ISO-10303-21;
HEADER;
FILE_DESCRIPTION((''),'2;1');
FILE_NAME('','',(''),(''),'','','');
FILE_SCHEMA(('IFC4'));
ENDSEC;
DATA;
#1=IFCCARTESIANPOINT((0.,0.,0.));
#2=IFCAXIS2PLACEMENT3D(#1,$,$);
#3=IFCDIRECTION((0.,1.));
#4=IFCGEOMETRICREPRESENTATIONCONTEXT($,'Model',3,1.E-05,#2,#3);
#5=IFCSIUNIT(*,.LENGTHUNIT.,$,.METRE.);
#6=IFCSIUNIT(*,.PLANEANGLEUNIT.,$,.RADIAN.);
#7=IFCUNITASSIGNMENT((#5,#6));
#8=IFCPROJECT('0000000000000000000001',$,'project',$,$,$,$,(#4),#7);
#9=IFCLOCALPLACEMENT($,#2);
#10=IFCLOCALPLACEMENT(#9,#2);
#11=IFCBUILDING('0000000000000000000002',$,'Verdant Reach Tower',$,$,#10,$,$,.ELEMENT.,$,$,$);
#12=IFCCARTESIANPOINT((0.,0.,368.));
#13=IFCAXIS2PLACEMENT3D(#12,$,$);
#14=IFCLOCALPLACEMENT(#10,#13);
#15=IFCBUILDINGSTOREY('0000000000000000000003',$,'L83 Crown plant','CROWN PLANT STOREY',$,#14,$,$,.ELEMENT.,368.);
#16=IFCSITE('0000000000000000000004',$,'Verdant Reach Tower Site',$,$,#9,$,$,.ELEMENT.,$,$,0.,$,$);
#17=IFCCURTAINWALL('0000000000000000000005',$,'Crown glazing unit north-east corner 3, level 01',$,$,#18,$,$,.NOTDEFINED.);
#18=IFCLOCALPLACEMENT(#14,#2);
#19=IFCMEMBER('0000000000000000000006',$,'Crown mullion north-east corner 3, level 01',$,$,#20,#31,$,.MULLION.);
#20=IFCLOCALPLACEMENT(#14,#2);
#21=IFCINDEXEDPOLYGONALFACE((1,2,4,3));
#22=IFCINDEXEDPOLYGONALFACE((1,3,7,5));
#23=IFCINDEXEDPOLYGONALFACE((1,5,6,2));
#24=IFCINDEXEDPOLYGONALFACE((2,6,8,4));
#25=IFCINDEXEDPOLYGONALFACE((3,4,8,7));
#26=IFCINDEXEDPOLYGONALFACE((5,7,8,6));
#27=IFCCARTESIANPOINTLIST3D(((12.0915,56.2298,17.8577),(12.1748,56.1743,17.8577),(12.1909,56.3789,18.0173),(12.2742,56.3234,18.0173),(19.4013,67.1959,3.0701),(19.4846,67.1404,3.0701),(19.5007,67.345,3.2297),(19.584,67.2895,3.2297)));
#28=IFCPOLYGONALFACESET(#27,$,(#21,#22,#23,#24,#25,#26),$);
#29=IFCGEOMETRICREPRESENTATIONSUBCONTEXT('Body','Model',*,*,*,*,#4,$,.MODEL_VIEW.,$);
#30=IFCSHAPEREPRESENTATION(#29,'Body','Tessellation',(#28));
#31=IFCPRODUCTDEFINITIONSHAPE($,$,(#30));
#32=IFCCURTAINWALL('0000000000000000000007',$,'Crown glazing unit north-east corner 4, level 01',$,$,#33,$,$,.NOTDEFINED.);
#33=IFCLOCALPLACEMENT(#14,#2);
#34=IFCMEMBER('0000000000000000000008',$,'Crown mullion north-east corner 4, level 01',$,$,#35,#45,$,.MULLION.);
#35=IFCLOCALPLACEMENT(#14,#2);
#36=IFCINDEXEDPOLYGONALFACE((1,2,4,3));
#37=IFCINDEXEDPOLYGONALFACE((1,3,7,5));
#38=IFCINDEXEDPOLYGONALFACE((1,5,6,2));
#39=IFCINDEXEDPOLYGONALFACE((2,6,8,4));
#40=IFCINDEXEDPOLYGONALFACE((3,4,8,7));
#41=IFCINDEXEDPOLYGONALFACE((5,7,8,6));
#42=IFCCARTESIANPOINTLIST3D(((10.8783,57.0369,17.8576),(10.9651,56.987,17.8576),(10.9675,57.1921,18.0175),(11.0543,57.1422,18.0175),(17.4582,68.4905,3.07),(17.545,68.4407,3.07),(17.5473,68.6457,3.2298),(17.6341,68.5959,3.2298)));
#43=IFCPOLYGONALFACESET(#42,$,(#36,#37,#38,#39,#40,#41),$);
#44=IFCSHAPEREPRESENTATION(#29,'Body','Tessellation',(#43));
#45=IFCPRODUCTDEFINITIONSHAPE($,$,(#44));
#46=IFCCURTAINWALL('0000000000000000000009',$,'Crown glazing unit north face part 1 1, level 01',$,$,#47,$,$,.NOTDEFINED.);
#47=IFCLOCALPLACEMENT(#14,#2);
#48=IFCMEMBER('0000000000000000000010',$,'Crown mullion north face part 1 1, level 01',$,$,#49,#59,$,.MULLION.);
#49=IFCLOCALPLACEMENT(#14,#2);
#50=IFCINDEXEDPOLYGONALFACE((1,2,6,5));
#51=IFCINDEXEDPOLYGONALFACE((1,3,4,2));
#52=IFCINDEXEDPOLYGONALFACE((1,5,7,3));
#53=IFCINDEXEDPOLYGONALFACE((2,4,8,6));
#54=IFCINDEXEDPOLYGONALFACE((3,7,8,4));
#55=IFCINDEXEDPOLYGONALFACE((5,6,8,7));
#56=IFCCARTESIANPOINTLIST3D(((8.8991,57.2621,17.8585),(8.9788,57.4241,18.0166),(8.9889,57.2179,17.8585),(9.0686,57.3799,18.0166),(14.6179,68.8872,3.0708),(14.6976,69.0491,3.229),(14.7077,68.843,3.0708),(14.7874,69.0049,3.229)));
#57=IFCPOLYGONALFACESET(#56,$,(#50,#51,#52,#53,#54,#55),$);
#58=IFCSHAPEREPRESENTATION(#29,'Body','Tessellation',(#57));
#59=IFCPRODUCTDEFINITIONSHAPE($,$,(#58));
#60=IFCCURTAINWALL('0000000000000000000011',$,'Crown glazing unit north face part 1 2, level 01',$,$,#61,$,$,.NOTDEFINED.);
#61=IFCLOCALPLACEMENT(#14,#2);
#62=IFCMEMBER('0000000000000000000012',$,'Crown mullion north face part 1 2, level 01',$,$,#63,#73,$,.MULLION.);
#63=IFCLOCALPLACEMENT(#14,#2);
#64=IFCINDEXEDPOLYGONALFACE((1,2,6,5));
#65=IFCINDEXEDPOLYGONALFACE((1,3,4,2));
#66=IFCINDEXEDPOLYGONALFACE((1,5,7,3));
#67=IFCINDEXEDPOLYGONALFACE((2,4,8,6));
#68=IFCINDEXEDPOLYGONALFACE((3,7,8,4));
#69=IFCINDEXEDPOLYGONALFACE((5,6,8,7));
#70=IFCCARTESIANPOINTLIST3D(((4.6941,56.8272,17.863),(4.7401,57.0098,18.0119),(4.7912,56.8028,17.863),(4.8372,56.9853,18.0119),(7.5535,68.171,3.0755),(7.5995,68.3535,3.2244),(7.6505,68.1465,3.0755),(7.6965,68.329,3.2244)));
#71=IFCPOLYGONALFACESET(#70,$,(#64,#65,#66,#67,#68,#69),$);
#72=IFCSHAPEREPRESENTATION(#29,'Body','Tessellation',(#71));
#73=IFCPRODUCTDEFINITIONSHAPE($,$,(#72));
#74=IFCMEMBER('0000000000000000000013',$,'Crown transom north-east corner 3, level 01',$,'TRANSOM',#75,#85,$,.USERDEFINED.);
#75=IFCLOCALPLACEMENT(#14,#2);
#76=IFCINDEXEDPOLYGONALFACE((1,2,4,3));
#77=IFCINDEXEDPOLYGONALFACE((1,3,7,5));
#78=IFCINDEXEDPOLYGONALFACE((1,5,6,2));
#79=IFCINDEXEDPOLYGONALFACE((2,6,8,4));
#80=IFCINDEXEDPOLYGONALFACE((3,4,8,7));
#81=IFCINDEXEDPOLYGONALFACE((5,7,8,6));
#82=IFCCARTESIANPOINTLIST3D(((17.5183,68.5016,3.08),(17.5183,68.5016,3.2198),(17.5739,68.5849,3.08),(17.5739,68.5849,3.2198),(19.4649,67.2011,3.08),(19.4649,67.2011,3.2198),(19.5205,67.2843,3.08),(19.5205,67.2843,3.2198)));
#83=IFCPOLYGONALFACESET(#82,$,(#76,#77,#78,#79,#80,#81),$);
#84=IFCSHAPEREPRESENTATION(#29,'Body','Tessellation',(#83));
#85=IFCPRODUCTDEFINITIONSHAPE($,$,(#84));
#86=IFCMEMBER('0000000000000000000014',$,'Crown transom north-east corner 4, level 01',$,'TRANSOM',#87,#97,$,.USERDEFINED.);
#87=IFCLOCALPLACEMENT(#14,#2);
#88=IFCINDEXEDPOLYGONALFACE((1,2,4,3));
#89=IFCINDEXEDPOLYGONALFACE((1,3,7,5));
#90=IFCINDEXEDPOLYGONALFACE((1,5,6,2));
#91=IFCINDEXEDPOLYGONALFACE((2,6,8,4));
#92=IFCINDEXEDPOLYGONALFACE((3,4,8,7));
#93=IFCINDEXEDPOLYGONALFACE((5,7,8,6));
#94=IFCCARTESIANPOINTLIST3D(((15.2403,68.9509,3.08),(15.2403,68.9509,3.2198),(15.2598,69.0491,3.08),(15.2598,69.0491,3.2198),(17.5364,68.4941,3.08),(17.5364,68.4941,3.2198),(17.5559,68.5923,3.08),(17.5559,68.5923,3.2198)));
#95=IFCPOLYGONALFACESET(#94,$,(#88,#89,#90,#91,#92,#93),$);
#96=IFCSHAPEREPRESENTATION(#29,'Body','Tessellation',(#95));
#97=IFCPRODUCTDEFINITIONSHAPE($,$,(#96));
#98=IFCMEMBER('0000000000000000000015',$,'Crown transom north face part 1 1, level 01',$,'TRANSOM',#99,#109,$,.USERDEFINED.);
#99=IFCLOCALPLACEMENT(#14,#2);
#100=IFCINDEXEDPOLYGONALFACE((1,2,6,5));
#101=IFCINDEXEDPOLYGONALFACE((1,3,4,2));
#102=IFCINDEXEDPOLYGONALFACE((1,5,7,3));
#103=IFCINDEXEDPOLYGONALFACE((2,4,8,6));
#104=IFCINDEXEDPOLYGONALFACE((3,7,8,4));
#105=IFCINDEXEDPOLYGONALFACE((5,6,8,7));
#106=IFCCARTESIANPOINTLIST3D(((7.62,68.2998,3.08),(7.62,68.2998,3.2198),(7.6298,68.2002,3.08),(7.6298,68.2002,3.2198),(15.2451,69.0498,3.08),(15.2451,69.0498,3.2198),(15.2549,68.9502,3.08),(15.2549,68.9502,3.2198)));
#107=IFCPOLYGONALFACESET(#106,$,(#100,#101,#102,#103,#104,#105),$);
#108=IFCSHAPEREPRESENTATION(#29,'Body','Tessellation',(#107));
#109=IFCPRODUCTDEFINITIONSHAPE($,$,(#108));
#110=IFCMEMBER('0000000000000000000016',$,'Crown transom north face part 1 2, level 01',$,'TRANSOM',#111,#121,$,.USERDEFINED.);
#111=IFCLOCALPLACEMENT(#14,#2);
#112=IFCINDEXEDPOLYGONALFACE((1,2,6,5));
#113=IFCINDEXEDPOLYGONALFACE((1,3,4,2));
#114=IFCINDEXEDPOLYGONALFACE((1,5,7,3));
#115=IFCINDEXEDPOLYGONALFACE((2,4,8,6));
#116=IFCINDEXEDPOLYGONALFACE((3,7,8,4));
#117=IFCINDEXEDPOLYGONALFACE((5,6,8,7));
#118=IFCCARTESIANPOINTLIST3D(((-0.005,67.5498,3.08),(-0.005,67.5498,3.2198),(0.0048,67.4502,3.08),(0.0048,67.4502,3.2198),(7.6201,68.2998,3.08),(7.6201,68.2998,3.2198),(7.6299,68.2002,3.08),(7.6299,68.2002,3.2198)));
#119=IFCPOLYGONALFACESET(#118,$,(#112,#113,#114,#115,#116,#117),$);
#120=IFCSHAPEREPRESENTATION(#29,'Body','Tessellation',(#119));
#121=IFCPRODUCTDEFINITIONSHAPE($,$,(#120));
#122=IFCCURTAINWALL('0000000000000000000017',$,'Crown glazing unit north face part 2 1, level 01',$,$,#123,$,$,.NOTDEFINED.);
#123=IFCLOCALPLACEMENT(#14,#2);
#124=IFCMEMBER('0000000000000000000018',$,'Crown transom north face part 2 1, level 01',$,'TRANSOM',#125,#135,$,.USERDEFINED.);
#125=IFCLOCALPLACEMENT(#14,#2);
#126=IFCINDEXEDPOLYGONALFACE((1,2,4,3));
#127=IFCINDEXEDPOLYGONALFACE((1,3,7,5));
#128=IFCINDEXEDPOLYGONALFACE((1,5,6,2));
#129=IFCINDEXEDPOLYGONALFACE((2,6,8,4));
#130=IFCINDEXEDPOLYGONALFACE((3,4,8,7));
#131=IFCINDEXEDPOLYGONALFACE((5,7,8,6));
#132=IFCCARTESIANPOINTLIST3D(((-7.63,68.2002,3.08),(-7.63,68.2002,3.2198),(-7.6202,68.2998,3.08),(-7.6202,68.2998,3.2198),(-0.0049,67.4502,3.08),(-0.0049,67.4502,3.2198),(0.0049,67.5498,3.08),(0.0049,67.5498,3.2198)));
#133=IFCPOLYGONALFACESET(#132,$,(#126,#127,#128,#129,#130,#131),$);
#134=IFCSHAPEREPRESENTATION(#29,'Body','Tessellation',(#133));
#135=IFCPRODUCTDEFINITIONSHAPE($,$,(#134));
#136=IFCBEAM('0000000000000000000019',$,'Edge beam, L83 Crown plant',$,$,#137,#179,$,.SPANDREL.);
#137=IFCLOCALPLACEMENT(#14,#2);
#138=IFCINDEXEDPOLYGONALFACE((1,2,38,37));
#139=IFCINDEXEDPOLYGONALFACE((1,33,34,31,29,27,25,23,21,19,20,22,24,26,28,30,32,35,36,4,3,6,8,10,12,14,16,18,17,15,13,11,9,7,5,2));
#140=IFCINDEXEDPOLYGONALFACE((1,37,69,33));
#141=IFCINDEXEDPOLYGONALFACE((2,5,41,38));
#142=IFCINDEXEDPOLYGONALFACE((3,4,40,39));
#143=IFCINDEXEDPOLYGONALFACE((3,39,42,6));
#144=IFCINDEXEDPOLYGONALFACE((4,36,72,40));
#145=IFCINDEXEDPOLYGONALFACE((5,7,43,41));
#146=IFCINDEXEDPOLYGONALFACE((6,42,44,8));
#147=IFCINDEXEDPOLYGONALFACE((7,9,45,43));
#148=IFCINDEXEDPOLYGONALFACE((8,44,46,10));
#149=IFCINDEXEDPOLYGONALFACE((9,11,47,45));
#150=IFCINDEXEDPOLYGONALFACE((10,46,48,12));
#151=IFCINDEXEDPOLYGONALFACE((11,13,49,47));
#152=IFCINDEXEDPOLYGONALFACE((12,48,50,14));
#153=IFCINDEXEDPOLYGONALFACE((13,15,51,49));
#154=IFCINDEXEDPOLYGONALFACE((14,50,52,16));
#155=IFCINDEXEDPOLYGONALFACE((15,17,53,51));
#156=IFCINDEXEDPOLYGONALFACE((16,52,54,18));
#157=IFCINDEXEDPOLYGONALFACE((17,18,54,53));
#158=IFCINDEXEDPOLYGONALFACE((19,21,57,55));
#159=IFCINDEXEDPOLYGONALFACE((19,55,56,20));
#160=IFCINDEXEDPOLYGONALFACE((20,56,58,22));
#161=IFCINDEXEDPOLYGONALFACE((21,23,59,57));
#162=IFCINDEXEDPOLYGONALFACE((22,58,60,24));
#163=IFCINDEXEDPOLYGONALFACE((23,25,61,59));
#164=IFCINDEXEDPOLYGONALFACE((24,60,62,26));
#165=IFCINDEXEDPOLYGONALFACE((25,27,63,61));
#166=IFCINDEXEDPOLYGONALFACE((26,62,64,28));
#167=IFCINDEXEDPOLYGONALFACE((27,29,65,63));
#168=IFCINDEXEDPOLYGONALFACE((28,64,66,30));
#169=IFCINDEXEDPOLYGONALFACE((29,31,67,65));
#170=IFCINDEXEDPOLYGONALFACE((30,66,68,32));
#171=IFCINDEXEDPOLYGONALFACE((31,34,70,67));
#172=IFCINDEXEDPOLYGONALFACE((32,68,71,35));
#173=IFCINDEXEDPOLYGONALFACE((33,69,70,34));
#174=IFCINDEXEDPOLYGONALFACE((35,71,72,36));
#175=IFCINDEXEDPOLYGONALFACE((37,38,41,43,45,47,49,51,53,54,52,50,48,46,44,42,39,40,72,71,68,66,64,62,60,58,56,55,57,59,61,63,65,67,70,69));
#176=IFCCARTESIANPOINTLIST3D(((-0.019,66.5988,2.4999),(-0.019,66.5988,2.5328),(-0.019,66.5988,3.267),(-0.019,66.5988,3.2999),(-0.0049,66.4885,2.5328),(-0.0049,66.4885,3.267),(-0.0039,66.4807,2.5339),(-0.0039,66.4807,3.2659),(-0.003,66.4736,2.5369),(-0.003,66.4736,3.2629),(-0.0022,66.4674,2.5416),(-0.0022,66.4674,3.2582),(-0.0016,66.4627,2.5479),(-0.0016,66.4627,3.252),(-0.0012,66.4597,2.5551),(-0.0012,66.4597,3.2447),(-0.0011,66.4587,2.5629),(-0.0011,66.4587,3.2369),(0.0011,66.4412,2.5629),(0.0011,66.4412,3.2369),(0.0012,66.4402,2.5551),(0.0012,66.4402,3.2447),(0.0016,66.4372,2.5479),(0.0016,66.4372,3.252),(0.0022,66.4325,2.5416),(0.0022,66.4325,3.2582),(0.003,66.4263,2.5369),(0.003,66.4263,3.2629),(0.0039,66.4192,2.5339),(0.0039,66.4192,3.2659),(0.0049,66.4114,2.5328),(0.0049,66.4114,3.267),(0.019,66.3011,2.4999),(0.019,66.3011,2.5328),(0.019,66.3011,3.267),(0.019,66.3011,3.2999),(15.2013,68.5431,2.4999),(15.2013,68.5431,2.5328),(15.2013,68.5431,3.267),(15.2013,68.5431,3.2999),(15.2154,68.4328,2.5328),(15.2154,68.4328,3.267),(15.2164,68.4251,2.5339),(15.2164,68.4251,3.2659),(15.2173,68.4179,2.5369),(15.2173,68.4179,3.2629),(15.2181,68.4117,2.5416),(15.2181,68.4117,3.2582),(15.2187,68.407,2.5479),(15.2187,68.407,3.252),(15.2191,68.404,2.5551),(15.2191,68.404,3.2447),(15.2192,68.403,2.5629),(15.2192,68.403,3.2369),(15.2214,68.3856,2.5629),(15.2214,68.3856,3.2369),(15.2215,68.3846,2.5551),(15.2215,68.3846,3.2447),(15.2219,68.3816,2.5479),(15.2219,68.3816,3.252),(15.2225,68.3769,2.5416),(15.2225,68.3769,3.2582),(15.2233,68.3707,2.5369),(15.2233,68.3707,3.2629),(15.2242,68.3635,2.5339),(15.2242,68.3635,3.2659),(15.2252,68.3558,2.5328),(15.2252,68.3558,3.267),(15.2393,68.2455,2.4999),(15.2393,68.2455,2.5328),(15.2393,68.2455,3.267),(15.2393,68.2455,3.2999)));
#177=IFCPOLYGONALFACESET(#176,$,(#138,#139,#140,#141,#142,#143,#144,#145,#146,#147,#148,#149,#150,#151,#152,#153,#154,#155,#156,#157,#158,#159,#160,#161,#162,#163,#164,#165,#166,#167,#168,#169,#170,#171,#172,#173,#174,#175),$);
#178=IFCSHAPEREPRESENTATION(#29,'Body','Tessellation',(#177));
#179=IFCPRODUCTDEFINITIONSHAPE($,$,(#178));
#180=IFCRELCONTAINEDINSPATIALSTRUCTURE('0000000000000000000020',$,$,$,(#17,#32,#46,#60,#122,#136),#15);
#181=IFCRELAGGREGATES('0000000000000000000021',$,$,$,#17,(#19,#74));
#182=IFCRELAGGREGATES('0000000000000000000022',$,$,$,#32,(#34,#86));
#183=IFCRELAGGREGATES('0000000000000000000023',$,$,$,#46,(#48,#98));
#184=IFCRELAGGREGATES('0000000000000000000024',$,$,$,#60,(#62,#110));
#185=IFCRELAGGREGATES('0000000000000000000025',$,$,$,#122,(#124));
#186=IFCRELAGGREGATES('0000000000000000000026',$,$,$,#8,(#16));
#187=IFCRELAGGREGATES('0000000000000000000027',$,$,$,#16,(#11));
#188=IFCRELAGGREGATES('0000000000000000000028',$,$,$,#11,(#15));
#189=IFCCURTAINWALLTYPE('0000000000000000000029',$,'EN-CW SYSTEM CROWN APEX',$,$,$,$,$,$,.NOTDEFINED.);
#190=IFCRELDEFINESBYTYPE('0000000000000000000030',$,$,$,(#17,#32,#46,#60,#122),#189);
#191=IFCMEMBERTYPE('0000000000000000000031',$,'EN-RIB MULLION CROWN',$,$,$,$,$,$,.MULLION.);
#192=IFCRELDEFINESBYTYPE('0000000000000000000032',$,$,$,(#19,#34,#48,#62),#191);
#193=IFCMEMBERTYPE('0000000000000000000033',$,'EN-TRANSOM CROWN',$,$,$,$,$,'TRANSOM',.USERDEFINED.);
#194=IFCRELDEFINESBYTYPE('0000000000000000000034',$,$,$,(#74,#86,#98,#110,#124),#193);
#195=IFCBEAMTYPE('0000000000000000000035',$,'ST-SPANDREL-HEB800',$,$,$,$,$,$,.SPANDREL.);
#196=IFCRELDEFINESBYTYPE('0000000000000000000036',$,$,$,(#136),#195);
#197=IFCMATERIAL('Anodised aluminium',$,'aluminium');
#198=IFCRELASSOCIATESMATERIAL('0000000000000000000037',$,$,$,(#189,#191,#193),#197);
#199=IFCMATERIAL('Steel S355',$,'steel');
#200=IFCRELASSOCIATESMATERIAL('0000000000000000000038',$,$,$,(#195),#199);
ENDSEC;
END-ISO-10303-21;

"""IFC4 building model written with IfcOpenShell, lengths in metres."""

from ifc_helpers import new_model, si_unit, direction, frame, origin, origin_2d, place, context, subcontext, project, spatial, rectangle, i_section, extrude, material, material_profile, profile_set, type_object, element, aggregate, save


model = new_model("IFC4")

# Units and contexts
model_context = context("Model", 3, precision=1e-05, world=origin(), true_north=direction((0.0, 1.0)))
body_context = subcontext(model_context, "Body", "Model", "MODEL_VIEW")
ifc_project = project(units=[si_unit("LENGTHUNIT", "METRE"), si_unit("PLANEANGLEUNIT", "RADIAN")], contexts=[model_context])

# Site, building, storey
site_placement = place(None, origin())
site = spatial("IfcSite", under=ifc_project, at=site_placement, Name="Verdant Reach Tower Site", CompositionType="ELEMENT", RefElevation=0.0)
building_placement = place(site_placement, origin())
building = spatial("IfcBuilding", under=site, at=building_placement, Name="Verdant Reach Tower", CompositionType="ELEMENT")
storey_placement = place(building_placement, frame((0.0, 0.0, 368.0)))
storey = spatial("IfcBuildingStorey", under=building, at=storey_placement, Name="L83 Crown plant", Description="CROWN PLANT STOREY", CompositionType="ELEMENT", Elevation=368.0)

# Curtain walls, members
ifc_material_1 = material(Name="Anodised aluminium", Category="aluminium")
curtain_wall_type_1 = type_object("IfcCurtainWallType", Name="EN-CW SYSTEM CROWN APEX", PredefinedType="NOTDEFINED", material=ifc_material_1)
curtain_wall_1_placement = place(storey_placement, origin())
curtain_wall_1 = element("IfcCurtainWall", 1, at=curtain_wall_1_placement, inside=storey, type_object=curtain_wall_type_1, Name="Crown glazing unit north-east corner 3, level 01", PredefinedType="NOTDEFINED")
ifc_material_profile_1 = material_profile(ifc_material_1, rectangle(XDim=0.1001, YDim=0.24, at=origin_2d()), Name="Mullion 100x240")
ifc_profile_set_1 = profile_set([ifc_material_profile_1], Name="Anodised aluminium")
member_type_1 = type_object("IfcMemberType", Name="EN-RIB MULLION CROWN", PredefinedType="MULLION", material=ifc_profile_set_1)
member_1_placement = place(storey_placement, frame((19.4927, 67.2427, 3.1499), z_axis=(-0.369031, -0.553615, 0.746543), x_axis=(0.832082, -0.554653, 0.0)))
member_1 = element("IfcMember", 2, at=member_1_placement, type_object=member_type_1, Name="Crown mullion north-east corner 3, level 01", PredefinedType="MULLION", context=body_context, shape_type="SweptSolid", body=[
    extrude(rectangle(XDim=0.1001, YDim=0.24, at=origin_2d()), origin(), (0.0, 0.0, 1.0), 19.8081),
])
curtain_wall_2_placement = place(storey_placement, origin())
curtain_wall_2 = element("IfcCurtainWall", 3, at=curtain_wall_2_placement, inside=storey, type_object=curtain_wall_type_1, Name="Crown glazing unit north-east corner 4, level 01", PredefinedType="NOTDEFINED")
member_2_placement = place(storey_placement, frame((17.5461, 68.5432, 3.1499), z_axis=(-0.331844, -0.577646, 0.745791), x_axis=(0.867102, -0.49813, 0.0)))
member_2 = element("IfcMember", 4, at=member_2_placement, type_object=member_type_1, Name="Crown mullion north-east corner 4, level 01", PredefinedType="MULLION", context=body_context, shape_type="SweptSolid", body=[
    extrude(rectangle(XDim=0.1001, YDim=0.24, at=origin_2d()), origin(), (0.0, 0.0, 1.0), 19.8281),
])
curtain_wall_3_placement = place(storey_placement, origin())
curtain_wall_3 = element("IfcCurtainWall", 5, at=curtain_wall_3_placement, inside=storey, type_object=curtain_wall_type_1, Name="Crown glazing unit north face part 1 1, level 01", PredefinedType="NOTDEFINED")
member_3_placement = place(storey_placement, frame((14.7026, 68.946, 3.1499), z_axis=(-0.290882, -0.5913, 0.752165), x_axis=(0.897303, -0.441415, 0.0)))
member_3 = element("IfcMember", 6, at=member_3_placement, type_object=member_type_1, Name="Crown mullion north face part 1 1, level 01", PredefinedType="MULLION", context=body_context, shape_type="SweptSolid", body=[
    extrude(rectangle(XDim=0.1001, YDim=0.24, at=origin_2d()), origin(), (0.0, 0.0, 1.0), 19.6602),
])
curtain_wall_4_placement = place(storey_placement, origin())
curtain_wall_4 = element("IfcCurtainWall", 7, at=curtain_wall_4_placement, inside=storey, type_object=curtain_wall_type_1, Name="Crown glazing unit north face part 1 2, level 01", PredefinedType="NOTDEFINED")
member_4_placement = place(storey_placement, frame((7.625, 68.25, 3.1499), z_axis=(-0.151647, -0.601615, 0.784259), x_axis=(0.969669, -0.244421, 0.0)))
member_4 = element("IfcMember", 8, at=member_4_placement, type_object=member_type_1, Name="Crown mullion north face part 1 2, level 01", PredefinedType="MULLION", context=body_context, shape_type="SweptSolid", body=[
    extrude(rectangle(XDim=0.1001, YDim=0.24, at=origin_2d()), origin(), (0.0, 0.0, 1.0), 18.8555),
])

# Members
ifc_material_profile_2 = material_profile(ifc_material_1, rectangle(XDim=0.1001, YDim=0.1399, at=origin_2d()), Name="Transom 140x100")
ifc_profile_set_2 = profile_set([ifc_material_profile_2], Name="Anodised aluminium")
member_type_2 = type_object("IfcMemberType", Name="EN-TRANSOM CROWN", ElementType="TRANSOM", PredefinedType="USERDEFINED", material=ifc_profile_set_2)
member_5_placement = place(storey_placement, frame((19.4927, 67.2427, 3.1499), z_axis=(-0.831488, 0.555542, 0.0), x_axis=(-0.555542, -0.831488, 0.0)))
member_5 = element("IfcMember", 9, at=member_5_placement, type_object=member_type_2, Name="Crown transom north-east corner 3, level 01", ObjectType="TRANSOM", PredefinedType="USERDEFINED", context=body_context, shape_type="SweptSolid", body=[
    extrude(rectangle(XDim=0.1001, YDim=0.1399, at=origin_2d()), origin(), (0.0, 0.0, 1.0), 2.3411),
])
member_6_placement = place(storey_placement, frame((17.5461, 68.5432, 3.1499), z_axis=(-0.980781, 0.195113, 0.0), x_axis=(-0.195113, -0.980781, 0.0)))
member_6 = element("IfcMember", 10, at=member_6_placement, type_object=member_type_2, Name="Crown transom north-east corner 4, level 01", ObjectType="TRANSOM", PredefinedType="USERDEFINED", context=body_context, shape_type="SweptSolid", body=[
    extrude(rectangle(XDim=0.1001, YDim=0.1399, at=origin_2d()), origin(), (0.0, 0.0, 1.0), 2.3411),
])
member_7_placement = place(storey_placement, frame((15.25, 69.0, 3.1499), z_axis=(-0.995197, -0.097888, 0.0), x_axis=(0.097888, -0.995197, 0.0)))
member_7 = element("IfcMember", 11, at=member_7_placement, type_object=member_type_2, Name="Crown transom north face part 1 1, level 01", ObjectType="TRANSOM", PredefinedType="USERDEFINED", context=body_context, shape_type="SweptSolid", body=[
    extrude(rectangle(XDim=0.1001, YDim=0.1399, at=origin_2d()), origin(), (0.0, 0.0, 1.0), 7.6619),
])
member_8_placement = place(storey_placement, frame((7.625, 68.25, 3.1499), z_axis=(-0.995197, -0.097888, 0.0), x_axis=(0.097888, -0.995197, 0.0)))
member_8 = element("IfcMember", 12, at=member_8_placement, type_object=member_type_2, Name="Crown transom north face part 1 2, level 01", ObjectType="TRANSOM", PredefinedType="USERDEFINED", context=body_context, shape_type="SweptSolid", body=[
    extrude(rectangle(XDim=0.1001, YDim=0.1399, at=origin_2d()), origin(), (0.0, 0.0, 1.0), 7.6619),
])

# Curtain wall, member
curtain_wall_5_placement = place(storey_placement, origin())
curtain_wall_5 = element("IfcCurtainWall", 13, at=curtain_wall_5_placement, inside=storey, type_object=curtain_wall_type_1, Name="Crown glazing unit north face part 2 1, level 01", PredefinedType="NOTDEFINED")
member_9_placement = place(storey_placement, frame((0.0, 67.5, 3.1499), z_axis=(-0.995197, 0.097888, 0.0), x_axis=(-0.097888, -0.995197, 0.0)))
member_9 = element("IfcMember", 14, at=member_9_placement, type_object=member_type_2, Name="Crown transom north face part 2 1, level 01", ObjectType="TRANSOM", PredefinedType="USERDEFINED", context=body_context, shape_type="SweptSolid", body=[
    extrude(rectangle(XDim=0.1001, YDim=0.1399, at=origin_2d()), origin(), (0.0, 0.0, 1.0), 7.6619),
])

# Beam
ifc_material_2 = material(Name="Steel S355", Category="steel")
ifc_material_profile_3 = material_profile(ifc_material_2, i_section(OverallWidth=0.3, OverallDepth=0.8, WebThickness=0.0176, FlangeThickness=0.033, FilletRadius=0.03, at=origin_2d()), Name="HEB 800")
ifc_profile_set_3 = profile_set([ifc_material_profile_3], Name="Steel S355")
beam_type_1 = type_object("IfcBeamType", Name="ST-SPANDREL-HEB800", PredefinedType="SPANDREL", material=ifc_profile_set_3)
beam_1_placement = place(storey_placement, frame((0.0, 66.45, 2.8999), z_axis=(0.991939, 0.126717, 0.0), x_axis=(-0.126717, 0.991939, 0.0)))
element("IfcBeam", 15, at=beam_1_placement, inside=storey, type_object=beam_type_1, Name="Edge beam, L83 Crown plant", PredefinedType="SPANDREL", context=body_context, shape_type="SweptSolid", body=[
    extrude(i_section(OverallWidth=0.3, OverallDepth=0.8, WebThickness=0.0176, FlangeThickness=0.033, FilletRadius=0.03, at=origin_2d()), origin(), (0.0, 0.0, 1.0), 15.344),
])

aggregate(curtain_wall_1, [member_1, member_5])
aggregate(curtain_wall_2, [member_2, member_6])
aggregate(curtain_wall_3, [member_3, member_7])
aggregate(curtain_wall_4, [member_4, member_8])
aggregate(curtain_wall_5, [member_9])

save(model, "model.ifc")
